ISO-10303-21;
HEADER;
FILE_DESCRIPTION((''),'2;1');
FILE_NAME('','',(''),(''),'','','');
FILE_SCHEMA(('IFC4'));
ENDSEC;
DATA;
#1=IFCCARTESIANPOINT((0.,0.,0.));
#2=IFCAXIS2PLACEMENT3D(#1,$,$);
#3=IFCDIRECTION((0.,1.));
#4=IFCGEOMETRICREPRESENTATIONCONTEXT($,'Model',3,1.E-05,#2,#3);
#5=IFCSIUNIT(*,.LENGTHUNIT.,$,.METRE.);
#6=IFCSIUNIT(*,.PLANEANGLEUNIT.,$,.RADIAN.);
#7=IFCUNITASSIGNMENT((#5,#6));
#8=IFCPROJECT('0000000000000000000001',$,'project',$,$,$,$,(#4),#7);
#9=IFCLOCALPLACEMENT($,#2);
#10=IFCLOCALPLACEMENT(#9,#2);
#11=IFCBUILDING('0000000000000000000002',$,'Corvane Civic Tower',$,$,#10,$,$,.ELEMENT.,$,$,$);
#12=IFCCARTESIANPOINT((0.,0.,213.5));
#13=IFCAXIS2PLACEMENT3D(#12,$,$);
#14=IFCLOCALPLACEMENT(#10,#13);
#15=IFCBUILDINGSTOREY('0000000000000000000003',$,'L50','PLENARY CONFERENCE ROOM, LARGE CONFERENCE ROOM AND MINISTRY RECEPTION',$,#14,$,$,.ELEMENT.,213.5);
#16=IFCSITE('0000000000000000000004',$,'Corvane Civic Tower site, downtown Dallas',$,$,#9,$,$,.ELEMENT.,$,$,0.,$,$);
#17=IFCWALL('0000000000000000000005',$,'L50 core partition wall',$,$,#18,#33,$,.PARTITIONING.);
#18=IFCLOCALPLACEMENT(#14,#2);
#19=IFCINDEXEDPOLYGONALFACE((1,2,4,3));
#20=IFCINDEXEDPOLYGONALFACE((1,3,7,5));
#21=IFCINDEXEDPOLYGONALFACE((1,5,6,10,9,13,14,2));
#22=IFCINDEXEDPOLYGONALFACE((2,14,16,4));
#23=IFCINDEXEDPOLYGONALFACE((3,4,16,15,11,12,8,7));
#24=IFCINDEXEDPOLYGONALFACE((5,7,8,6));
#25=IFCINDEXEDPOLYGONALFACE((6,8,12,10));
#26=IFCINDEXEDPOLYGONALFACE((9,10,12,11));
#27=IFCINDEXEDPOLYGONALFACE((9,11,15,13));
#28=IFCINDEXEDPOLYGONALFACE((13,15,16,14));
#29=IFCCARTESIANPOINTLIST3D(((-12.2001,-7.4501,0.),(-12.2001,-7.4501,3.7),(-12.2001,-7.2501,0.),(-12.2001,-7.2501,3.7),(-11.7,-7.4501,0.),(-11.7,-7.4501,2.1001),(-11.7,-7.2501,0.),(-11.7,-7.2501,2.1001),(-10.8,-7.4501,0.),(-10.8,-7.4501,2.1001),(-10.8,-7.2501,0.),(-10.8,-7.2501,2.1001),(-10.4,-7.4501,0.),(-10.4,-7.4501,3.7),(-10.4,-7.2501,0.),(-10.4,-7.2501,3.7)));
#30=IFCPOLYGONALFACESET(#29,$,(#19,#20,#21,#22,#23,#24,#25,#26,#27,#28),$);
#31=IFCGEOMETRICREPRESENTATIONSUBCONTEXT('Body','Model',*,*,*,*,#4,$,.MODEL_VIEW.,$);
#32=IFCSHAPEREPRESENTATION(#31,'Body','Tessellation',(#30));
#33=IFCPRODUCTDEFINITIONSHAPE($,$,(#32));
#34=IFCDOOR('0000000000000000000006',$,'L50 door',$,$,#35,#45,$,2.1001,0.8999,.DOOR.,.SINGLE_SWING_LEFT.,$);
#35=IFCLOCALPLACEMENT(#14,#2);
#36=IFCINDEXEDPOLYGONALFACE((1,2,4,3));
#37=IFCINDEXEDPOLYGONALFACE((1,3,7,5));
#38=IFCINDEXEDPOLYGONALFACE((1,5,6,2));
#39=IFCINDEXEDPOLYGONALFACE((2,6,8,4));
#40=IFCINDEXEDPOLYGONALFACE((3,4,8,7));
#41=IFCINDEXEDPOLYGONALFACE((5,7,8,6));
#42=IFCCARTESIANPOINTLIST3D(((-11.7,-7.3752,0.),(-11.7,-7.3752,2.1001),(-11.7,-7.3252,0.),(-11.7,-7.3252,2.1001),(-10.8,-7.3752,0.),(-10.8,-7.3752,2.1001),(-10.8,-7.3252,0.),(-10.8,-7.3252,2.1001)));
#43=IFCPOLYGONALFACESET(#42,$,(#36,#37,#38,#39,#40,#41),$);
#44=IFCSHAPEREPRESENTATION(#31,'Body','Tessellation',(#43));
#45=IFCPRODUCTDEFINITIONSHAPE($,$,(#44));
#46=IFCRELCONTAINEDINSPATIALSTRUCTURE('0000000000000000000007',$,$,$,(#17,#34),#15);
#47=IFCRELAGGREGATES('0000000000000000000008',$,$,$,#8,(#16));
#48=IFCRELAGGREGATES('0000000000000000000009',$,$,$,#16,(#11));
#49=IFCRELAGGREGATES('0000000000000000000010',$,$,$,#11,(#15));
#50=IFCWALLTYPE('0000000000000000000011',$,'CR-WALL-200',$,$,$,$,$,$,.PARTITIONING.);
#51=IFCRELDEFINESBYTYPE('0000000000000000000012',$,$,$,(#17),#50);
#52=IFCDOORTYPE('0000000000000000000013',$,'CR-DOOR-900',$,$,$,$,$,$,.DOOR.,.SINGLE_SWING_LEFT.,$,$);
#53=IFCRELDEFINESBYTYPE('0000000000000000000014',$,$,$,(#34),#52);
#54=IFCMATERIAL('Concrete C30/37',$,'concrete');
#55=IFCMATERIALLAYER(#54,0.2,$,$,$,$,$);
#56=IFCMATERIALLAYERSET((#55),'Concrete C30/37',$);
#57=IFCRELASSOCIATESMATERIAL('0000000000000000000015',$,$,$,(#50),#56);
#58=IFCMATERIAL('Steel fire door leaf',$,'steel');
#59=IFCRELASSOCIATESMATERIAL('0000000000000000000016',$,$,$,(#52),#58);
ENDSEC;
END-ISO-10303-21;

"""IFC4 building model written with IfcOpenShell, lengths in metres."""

from ifc_helpers import new_model, si_unit, direction, frame, frame_2d, origin, place, context, subcontext, project, spatial, rectangle, extrude, material, layer, layer_set, type_object, element, fill, save


model = new_model("IFC4")

# Units and contexts
model_context = context("Model", 3, precision=1e-05, world=origin(), true_north=direction((0.0, 1.0)))
body_context = subcontext(model_context, "Body", "Model", "MODEL_VIEW")
ifc_project = project(units=[si_unit("LENGTHUNIT", "METRE"), si_unit("PLANEANGLEUNIT", "RADIAN")], contexts=[model_context])

# Site, building, storey
site_placement = place(None, origin())
site = spatial("IfcSite", under=ifc_project, at=site_placement, Name="Corvane Civic Tower site, downtown Dallas", CompositionType="ELEMENT", RefElevation=0.0)
building_placement = place(site_placement, origin())
building = spatial("IfcBuilding", under=site, at=building_placement, Name="Corvane Civic Tower", CompositionType="ELEMENT")
storey_placement = place(building_placement, frame((0.0, 0.0, 213.5)))
storey = spatial("IfcBuildingStorey", under=building, at=storey_placement, Name="L50", Description="PLENARY CONFERENCE ROOM, LARGE CONFERENCE ROOM AND MINISTRY RECEPTION", CompositionType="ELEMENT", Elevation=213.5)

# Wall, opening, door
ifc_material_1 = material(Name="Concrete C30/37", Category="concrete")
ifc_layer_1 = layer(ifc_material_1, 0.2)
ifc_layer_set_1 = layer_set([ifc_layer_1], Name="Concrete C30/37")
wall_type_1 = type_object("IfcWallType", Name="CR-WALL-200", PredefinedType="PARTITIONING", material=ifc_layer_set_1)
ifc_material_2 = material(Name="Steel fire door leaf", Category="steel")
door_type_1 = type_object("IfcDoorType", Name="CR-DOOR-900", OperationType="SINGLE_SWING_LEFT", PredefinedType="DOOR", material=ifc_material_2)
wall_1_placement = place(storey_placement, frame((-12.2, -7.3501, 0.0), z_axis=(0.0, 0.0, 1.0), x_axis=(1.0, 0.0, 0.0)))
wall_1 = element("IfcWall", 1, at=wall_1_placement, inside=storey, type_object=wall_type_1, Name="L50 core partition wall", PredefinedType="PARTITIONING", context=body_context, shape_type="SweptSolid", body=[
    extrude(rectangle(XDim=1.8, YDim=0.2, at=frame_2d((0.8999, 0.0))), origin(), (0.0, 0.0, 1.0), 3.7),
])
opening_1_placement = place(wall_1_placement, frame((0.5, 0.0, 0.0)))
opening_1 = element("IfcOpeningElement", 2, at=opening_1_placement, cuts=wall_1, PredefinedType="OPENING", context=body_context, shape_type="SweptSolid", body=[
    extrude(rectangle(XDim=0.8999, YDim=2.1001, at=frame_2d((0.45, 1.05))), frame((0.0, 0.1099, 0.0), z_axis=(0.0, -1.0, 0.0), x_axis=(1.0, 0.0, 0.0)), (0.0, 0.0, 1.0), 0.22),
])
door_1_placement = place(opening_1_placement, origin())
door_1 = element("IfcDoor", 3, at=door_1_placement, inside=storey, type_object=door_type_1, Name="L50 door", OperationType="SINGLE_SWING_LEFT", OverallHeight=2.1001, OverallWidth=0.8999, PredefinedType="DOOR", context=body_context, shape_type="SweptSolid", body=[
    extrude(rectangle(XDim=0.8999, YDim=2.1001, at=frame_2d((0.45, 1.05))), frame((0.0, 0.0249, 0.0), z_axis=(0.0, -1.0, 0.0), x_axis=(1.0, 0.0, 0.0)), (0.0, 0.0, 1.0), 0.05),
])
fill(opening_1, door_1)

save(model, "model.ifc")
